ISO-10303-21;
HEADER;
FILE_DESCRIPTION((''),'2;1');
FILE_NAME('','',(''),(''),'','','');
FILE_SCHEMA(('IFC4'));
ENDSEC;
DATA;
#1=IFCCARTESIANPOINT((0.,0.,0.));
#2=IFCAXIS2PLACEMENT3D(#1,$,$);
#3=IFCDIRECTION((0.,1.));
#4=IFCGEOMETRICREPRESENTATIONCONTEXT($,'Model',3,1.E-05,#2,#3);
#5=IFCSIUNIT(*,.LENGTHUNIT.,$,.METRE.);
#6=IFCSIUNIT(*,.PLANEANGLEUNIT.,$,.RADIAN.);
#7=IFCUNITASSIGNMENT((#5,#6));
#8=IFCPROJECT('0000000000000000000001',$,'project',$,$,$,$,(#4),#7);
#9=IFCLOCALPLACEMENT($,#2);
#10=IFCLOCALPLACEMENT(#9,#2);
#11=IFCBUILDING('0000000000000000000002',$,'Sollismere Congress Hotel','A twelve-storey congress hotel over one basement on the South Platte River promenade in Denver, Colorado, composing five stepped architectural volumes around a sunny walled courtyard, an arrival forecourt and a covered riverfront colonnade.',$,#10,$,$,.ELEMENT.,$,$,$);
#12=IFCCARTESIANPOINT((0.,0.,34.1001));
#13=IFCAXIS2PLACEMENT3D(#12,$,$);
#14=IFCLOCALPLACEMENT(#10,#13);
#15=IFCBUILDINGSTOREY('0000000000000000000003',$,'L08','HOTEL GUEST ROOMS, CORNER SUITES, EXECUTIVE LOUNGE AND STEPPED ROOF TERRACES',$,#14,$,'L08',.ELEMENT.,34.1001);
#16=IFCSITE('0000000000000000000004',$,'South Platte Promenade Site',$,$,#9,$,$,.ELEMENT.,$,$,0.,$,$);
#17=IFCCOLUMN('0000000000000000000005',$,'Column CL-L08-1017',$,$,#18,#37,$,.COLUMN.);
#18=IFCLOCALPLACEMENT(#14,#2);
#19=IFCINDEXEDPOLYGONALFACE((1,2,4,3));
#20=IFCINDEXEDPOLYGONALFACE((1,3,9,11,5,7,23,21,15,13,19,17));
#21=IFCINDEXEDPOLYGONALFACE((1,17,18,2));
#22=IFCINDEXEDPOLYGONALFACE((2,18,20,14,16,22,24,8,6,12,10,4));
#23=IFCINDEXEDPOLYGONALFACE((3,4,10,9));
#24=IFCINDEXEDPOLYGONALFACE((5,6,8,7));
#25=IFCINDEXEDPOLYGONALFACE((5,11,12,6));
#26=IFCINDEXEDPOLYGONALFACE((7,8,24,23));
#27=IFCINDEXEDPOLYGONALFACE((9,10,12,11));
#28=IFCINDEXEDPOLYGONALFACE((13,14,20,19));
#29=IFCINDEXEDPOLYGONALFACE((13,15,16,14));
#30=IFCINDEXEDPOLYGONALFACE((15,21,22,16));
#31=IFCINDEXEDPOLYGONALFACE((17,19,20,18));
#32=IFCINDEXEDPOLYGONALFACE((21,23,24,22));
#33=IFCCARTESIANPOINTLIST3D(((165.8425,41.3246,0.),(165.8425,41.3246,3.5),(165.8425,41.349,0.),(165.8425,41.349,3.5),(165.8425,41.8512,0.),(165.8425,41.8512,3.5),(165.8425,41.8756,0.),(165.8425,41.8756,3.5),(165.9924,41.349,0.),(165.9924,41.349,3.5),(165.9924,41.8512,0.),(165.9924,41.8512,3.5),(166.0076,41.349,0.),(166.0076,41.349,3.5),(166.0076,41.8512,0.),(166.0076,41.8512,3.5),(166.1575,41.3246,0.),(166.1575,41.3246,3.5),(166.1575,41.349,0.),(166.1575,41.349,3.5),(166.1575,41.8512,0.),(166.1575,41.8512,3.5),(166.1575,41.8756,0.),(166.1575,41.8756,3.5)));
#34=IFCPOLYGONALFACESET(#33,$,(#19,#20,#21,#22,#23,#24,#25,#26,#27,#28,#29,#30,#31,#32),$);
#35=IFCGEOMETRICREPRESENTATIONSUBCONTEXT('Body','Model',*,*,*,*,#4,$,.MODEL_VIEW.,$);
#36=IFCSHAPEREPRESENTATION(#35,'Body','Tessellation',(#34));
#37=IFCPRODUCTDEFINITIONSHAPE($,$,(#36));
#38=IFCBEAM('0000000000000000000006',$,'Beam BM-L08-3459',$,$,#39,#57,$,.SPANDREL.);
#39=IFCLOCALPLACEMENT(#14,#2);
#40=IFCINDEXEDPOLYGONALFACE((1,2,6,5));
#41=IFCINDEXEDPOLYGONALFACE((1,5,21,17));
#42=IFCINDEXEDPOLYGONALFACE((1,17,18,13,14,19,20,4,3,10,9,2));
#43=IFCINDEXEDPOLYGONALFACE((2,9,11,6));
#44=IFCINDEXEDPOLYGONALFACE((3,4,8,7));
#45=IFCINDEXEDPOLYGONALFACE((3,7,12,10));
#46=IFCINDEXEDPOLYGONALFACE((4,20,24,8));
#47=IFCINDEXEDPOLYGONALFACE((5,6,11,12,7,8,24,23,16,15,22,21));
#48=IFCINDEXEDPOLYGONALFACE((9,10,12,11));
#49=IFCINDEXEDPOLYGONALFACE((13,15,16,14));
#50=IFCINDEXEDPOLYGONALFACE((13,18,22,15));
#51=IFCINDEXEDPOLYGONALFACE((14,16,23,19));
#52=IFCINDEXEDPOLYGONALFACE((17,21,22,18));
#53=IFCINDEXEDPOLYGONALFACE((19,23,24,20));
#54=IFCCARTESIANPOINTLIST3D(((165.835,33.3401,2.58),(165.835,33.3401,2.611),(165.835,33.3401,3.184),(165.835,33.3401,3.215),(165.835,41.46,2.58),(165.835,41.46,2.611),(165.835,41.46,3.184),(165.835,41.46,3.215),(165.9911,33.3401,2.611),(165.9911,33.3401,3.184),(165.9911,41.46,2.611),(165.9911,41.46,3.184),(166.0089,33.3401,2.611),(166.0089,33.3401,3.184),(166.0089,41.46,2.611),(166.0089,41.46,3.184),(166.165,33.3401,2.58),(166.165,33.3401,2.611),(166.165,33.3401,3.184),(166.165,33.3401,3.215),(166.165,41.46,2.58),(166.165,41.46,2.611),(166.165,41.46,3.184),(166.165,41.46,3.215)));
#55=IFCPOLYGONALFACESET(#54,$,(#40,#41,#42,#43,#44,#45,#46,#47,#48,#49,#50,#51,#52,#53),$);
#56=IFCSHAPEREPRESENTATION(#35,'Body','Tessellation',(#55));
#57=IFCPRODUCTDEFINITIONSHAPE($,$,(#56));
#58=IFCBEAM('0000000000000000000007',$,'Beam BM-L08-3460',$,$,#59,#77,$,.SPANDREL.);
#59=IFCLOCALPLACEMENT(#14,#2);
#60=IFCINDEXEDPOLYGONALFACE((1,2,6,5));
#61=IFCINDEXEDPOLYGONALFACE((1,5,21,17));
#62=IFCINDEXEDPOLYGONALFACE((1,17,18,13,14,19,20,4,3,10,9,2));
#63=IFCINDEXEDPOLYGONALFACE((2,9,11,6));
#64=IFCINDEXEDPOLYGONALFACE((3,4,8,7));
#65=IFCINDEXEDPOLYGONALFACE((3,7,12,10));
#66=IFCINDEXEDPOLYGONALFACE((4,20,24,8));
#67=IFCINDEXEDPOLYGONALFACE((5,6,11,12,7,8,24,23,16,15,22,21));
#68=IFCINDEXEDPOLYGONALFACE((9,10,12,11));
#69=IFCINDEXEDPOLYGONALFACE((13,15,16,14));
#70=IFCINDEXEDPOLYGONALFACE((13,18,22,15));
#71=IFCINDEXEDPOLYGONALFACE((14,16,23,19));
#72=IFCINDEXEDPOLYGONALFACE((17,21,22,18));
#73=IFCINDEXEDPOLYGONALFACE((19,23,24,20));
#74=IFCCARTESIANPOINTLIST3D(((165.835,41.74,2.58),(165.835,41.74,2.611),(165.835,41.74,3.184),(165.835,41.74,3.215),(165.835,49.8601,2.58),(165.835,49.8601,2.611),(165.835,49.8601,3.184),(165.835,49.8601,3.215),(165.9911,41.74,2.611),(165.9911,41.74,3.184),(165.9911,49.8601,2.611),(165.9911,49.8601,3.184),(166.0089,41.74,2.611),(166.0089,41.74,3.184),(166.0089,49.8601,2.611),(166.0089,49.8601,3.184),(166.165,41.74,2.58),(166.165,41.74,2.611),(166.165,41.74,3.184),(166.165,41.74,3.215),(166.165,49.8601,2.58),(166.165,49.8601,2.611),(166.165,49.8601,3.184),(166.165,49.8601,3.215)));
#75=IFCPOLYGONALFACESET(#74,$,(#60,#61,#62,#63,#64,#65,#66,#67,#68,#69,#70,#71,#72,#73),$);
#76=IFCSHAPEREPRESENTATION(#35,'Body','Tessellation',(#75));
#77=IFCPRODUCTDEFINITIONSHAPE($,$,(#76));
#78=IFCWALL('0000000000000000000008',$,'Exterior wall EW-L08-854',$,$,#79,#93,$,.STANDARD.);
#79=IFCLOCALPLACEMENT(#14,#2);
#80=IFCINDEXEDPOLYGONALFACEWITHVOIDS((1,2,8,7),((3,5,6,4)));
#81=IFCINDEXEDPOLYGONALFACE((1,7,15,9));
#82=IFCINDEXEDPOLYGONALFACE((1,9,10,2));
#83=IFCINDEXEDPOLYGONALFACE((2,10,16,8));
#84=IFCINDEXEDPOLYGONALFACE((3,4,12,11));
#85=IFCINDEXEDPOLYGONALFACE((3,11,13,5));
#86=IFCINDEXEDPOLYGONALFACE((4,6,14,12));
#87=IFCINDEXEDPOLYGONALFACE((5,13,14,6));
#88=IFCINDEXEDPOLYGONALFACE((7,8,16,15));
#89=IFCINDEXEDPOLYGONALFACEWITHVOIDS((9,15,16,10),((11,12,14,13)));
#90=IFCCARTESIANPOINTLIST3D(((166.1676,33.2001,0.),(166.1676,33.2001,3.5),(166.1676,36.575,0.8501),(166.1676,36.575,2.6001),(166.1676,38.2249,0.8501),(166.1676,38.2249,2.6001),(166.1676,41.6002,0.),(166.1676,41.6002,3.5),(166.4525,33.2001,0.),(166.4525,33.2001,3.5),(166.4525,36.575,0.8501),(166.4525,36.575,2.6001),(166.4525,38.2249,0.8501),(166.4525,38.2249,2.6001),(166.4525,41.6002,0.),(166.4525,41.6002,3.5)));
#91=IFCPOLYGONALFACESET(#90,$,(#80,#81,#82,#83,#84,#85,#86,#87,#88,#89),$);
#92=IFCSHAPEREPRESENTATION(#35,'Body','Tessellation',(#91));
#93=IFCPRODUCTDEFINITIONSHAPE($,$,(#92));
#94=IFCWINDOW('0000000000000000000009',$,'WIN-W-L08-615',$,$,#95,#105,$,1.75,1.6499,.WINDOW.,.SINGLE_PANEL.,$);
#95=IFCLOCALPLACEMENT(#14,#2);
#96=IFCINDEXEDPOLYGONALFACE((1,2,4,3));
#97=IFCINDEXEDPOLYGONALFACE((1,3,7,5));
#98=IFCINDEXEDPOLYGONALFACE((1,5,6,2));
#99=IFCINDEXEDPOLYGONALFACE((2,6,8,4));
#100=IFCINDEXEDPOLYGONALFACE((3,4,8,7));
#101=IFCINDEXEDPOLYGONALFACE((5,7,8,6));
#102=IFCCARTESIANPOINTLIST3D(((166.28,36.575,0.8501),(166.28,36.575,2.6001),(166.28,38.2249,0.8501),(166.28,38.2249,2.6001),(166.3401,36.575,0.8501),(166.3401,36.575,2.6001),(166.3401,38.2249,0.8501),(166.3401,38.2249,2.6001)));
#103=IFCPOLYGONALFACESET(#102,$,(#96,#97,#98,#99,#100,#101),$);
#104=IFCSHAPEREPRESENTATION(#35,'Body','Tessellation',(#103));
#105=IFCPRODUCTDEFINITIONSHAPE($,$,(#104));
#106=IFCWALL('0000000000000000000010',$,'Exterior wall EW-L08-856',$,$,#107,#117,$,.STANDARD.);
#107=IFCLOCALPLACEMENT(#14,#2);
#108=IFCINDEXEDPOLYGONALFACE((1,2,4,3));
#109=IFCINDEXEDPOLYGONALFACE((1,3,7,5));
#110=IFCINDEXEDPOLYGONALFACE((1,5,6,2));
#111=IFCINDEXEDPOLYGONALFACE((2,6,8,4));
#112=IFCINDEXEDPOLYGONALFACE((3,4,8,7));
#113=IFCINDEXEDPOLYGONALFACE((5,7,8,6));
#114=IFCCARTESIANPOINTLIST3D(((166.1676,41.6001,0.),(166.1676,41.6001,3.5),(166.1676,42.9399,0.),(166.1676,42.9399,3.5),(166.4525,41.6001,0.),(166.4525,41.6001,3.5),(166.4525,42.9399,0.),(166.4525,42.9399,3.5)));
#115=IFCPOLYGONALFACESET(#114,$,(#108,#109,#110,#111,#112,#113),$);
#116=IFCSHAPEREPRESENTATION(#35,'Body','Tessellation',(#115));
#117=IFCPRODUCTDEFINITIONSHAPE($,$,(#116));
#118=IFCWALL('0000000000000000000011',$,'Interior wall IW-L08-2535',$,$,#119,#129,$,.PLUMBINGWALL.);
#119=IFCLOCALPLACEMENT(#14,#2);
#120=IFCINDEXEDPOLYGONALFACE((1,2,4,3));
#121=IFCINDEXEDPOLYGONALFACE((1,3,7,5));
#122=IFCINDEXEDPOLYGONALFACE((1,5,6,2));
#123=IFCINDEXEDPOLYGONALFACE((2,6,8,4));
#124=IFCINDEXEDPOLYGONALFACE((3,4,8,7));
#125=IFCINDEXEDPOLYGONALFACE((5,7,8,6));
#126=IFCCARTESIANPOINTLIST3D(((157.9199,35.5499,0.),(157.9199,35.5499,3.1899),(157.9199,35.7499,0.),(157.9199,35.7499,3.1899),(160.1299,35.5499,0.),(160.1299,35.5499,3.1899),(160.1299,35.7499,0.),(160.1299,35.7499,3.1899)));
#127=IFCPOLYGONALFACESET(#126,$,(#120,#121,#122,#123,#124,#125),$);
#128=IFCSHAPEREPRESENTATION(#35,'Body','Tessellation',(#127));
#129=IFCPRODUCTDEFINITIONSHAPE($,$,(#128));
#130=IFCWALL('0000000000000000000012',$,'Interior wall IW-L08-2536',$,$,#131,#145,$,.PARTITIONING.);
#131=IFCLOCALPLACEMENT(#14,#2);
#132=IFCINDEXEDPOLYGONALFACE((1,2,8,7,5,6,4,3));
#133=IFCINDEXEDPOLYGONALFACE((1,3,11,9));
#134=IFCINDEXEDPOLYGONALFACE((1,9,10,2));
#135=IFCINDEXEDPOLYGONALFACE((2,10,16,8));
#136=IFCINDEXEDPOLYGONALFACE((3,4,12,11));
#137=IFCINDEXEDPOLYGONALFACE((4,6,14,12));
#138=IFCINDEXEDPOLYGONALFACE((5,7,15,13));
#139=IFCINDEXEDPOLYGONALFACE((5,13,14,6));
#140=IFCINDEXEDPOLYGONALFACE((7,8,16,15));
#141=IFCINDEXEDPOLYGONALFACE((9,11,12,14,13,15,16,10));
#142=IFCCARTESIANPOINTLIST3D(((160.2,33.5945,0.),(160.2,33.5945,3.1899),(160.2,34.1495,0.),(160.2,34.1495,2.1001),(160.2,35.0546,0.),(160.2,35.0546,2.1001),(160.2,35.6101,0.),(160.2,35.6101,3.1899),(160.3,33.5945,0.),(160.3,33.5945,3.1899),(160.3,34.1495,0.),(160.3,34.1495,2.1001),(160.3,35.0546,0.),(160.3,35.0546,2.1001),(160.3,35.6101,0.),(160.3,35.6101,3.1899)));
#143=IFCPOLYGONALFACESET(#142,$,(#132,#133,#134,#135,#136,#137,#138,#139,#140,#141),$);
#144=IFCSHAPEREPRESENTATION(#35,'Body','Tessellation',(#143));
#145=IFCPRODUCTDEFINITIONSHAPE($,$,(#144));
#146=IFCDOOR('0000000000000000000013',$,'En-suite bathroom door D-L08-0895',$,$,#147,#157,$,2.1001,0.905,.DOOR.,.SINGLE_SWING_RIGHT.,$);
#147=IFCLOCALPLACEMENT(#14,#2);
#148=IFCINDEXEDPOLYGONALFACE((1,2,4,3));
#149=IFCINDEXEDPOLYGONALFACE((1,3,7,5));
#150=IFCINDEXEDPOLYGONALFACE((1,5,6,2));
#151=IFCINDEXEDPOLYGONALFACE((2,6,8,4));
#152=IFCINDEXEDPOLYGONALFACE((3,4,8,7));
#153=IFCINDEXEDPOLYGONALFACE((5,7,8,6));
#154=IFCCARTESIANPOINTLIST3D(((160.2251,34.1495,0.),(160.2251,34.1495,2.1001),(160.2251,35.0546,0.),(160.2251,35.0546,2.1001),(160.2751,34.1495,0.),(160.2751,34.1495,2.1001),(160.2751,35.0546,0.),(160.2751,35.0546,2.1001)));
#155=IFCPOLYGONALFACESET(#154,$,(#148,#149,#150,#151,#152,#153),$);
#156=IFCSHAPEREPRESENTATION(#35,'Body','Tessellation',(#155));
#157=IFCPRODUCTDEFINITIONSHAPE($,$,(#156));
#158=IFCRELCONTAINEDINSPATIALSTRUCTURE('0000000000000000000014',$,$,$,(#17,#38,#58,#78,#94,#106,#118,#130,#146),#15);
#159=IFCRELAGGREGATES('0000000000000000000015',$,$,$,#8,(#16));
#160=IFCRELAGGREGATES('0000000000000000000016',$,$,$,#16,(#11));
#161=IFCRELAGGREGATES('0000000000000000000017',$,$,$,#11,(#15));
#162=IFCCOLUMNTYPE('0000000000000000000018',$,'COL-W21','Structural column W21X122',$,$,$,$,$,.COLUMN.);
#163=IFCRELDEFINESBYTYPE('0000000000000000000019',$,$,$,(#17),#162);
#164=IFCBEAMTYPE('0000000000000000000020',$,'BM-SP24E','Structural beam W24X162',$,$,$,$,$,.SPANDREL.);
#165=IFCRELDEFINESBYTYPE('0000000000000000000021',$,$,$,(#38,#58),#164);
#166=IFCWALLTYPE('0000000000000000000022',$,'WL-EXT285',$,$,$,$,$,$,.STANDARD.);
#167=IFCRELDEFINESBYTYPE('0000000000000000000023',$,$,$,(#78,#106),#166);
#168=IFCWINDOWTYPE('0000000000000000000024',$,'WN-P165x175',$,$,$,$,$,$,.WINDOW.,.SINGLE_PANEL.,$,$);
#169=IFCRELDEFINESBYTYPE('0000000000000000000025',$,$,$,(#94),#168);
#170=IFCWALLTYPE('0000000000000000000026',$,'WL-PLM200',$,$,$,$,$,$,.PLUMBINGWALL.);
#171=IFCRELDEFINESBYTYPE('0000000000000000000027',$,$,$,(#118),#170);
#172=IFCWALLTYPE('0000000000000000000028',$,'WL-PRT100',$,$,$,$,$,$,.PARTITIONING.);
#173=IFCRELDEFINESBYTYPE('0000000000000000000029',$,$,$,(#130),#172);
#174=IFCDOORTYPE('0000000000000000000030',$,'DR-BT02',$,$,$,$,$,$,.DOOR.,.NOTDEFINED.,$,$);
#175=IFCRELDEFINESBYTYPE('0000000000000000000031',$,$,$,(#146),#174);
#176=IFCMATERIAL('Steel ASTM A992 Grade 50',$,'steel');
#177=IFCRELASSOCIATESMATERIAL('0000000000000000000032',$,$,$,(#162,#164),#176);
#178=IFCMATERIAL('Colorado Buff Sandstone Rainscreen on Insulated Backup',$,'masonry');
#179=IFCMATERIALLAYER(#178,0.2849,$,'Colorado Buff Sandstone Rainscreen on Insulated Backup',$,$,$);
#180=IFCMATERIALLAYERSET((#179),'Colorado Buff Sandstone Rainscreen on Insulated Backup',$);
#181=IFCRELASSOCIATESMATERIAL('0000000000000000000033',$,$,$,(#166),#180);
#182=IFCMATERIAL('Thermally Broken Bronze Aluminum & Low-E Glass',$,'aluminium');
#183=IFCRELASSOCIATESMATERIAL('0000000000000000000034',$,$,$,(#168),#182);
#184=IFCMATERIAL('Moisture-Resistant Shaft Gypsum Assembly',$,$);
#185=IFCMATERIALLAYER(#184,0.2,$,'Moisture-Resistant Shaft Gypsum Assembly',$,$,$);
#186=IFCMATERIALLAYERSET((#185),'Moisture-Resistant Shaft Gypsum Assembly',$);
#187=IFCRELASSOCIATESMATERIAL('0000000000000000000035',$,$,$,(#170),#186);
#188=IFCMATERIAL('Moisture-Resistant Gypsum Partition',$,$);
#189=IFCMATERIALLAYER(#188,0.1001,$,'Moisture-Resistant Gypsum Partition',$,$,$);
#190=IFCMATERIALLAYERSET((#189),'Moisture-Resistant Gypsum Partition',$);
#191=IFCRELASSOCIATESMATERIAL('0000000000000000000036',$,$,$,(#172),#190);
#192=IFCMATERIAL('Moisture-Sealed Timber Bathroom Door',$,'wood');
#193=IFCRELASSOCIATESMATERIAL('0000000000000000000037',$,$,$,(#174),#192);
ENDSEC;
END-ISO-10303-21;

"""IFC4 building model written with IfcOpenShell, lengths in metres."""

from ifc_helpers import new_model, si_unit, direction, frame, frame_2d, origin, origin_2d, place, context, subcontext, project, spatial, rectangle, i_section, extrude, material, layer, layer_set, material_profile, profile_set, type_object, element, fill, save


model = new_model("IFC4")

# Units and contexts
model_context = context("Model", 3, precision=1e-05, world=origin(), true_north=direction((0.0, 1.0)))
body_context = subcontext(model_context, "Body", "Model", "MODEL_VIEW")
ifc_project = project(units=[si_unit("LENGTHUNIT", "METRE"), si_unit("PLANEANGLEUNIT", "RADIAN")], contexts=[model_context])

# Site, building, storey
site_placement = place(None, origin())
site = spatial("IfcSite", under=ifc_project, at=site_placement, Name="South Platte Promenade Site", CompositionType="ELEMENT", RefElevation=0.0)
building_placement = place(site_placement, origin())
building = spatial("IfcBuilding", under=site, at=building_placement, Name="Sollismere Congress Hotel", Description="A twelve-storey congress hotel over one basement on the South Platte River promenade in Denver, Colorado, composing five stepped architectural volumes around a sunny walled courtyard, an arrival forecourt and a covered riverfront colonnade.", CompositionType="ELEMENT")
storey_placement = place(building_placement, frame((0.0, 0.0, 34.1001)))
storey = spatial("IfcBuildingStorey", under=building, at=storey_placement, Name="L08", Description="HOTEL GUEST ROOMS, CORNER SUITES, EXECUTIVE LOUNGE AND STEPPED ROOF TERRACES", LongName="L08", CompositionType="ELEMENT", Elevation=34.1001)

# Column
ifc_material_1 = material(Name="Steel ASTM A992 Grade 50", Category="steel")
ifc_material_profile_1 = material_profile(ifc_material_1, i_section(OverallWidth=0.3149, OverallDepth=0.551, WebThickness=0.0151, FlangeThickness=0.0244, at=origin_2d()), Name="W21X122")
ifc_profile_set_1 = profile_set([ifc_material_profile_1], Name="Steel ASTM A992 Grade 50")
column_type = type_object("IfcColumnType", Name="COL-W21", Description="Structural column W21X122", PredefinedType="COLUMN", material=ifc_profile_set_1)
column_placement = place(storey_placement, frame((166.0, 41.6001, 0.0), z_axis=(0.0, 0.0, 1.0), x_axis=(1.0, 0.0, 0.0)))
element("IfcColumn", 1, at=column_placement, inside=storey, type_object=column_type, Name="Column CL-L08-1017", PredefinedType="COLUMN", context=body_context, shape_type="SweptSolid", body=[
    extrude(i_section(OverallWidth=0.3149, OverallDepth=0.551, WebThickness=0.0151, FlangeThickness=0.0244, at=origin_2d()), origin(), (0.0, 0.0, 1.0), 3.5),
])

# Beams
ifc_material_profile_2 = material_profile(ifc_material_1, i_section(OverallWidth=0.3301, OverallDepth=0.635, WebThickness=0.0178, FlangeThickness=0.031, at=origin_2d()), Name="W24X162")
ifc_profile_set_2 = profile_set([ifc_material_profile_2], Name="Steel ASTM A992 Grade 50")
beam_type = type_object("IfcBeamType", Name="BM-SP24E", Description="Structural beam W24X162", PredefinedType="SPANDREL", material=ifc_profile_set_2)
beam_1_placement = place(storey_placement, frame((166.0, 33.3401, 2.8975), z_axis=(0.0, 1.0, 0.0), x_axis=(-1.0, 0.0, 0.0)))
element("IfcBeam", 2, at=beam_1_placement, inside=storey, type_object=beam_type, Name="Beam BM-L08-3459", PredefinedType="SPANDREL", context=body_context, shape_type="SweptSolid", body=[
    extrude(i_section(OverallWidth=0.3301, OverallDepth=0.635, WebThickness=0.0178, FlangeThickness=0.031, at=origin_2d()), origin(), (0.0, 0.0, 1.0), 8.1199),
])
beam_2_placement = place(storey_placement, frame((166.0, 41.74, 2.8975), z_axis=(0.0, 1.0, 0.0), x_axis=(-1.0, 0.0, 0.0)))
element("IfcBeam", 3, at=beam_2_placement, inside=storey, type_object=beam_type, Name="Beam BM-L08-3460", PredefinedType="SPANDREL", context=body_context, shape_type="SweptSolid", body=[
    extrude(i_section(OverallWidth=0.3301, OverallDepth=0.635, WebThickness=0.0178, FlangeThickness=0.031, at=origin_2d()), origin(), (0.0, 0.0, 1.0), 8.1201),
])

# Wall, opening, window
ifc_material_2 = material(Name="Colorado Buff Sandstone Rainscreen on Insulated Backup", Category="masonry")
ifc_layer_1 = layer(ifc_material_2, 0.2849, Name="Colorado Buff Sandstone Rainscreen on Insulated Backup")
ifc_layer_set_1 = layer_set([ifc_layer_1], Name="Colorado Buff Sandstone Rainscreen on Insulated Backup")
wall_type_1 = type_object("IfcWallType", Name="WL-EXT285", PredefinedType="STANDARD", material=ifc_layer_set_1)
wall_1_placement = place(storey_placement, frame((166.3101, 33.2, 0.0), z_axis=(0.0, 0.0, 1.0), x_axis=(0.0, 1.0, 0.0)))
wall_1 = element("IfcWall", 4, at=wall_1_placement, inside=storey, type_object=wall_type_1, Name="Exterior wall EW-L08-854", PredefinedType="STANDARD", context=body_context, shape_type="SweptSolid", body=[
    extrude(rectangle(XDim=8.4001, YDim=0.2849, at=frame_2d((4.2002, 0.0))), origin(), (0.0, 0.0, 1.0), 3.5),
])
opening_1_placement = place(wall_1_placement, frame((3.375, 0.0, 0.8501)))
opening_1 = element("IfcOpeningElement", 5, at=opening_1_placement, cuts=wall_1, PredefinedType="OPENING", context=body_context, shape_type="SweptSolid", body=[
    extrude(rectangle(XDim=1.6499, YDim=1.75, at=frame_2d((0.825, 0.875))), frame((0.0, 0.1523, 0.0), z_axis=(0.0, -1.0, 0.0), x_axis=(1.0, 0.0, 0.0)), (0.0, 0.0, 1.0), 0.3049),
])
ifc_material_3 = material(Name="Thermally Broken Bronze Aluminum & Low-E Glass", Category="aluminium")
window_type = type_object("IfcWindowType", Name="WN-P165x175", PartitioningType="SINGLE_PANEL", PredefinedType="WINDOW", material=ifc_material_3)
window_placement = place(opening_1_placement, origin())
window = element("IfcWindow", 6, at=window_placement, inside=storey, type_object=window_type, Name="WIN-W-L08-615", OverallHeight=1.75, OverallWidth=1.6499, PartitioningType="SINGLE_PANEL", PredefinedType="WINDOW", context=body_context, shape_type="SweptSolid", body=[
    extrude(rectangle(XDim=1.6499, YDim=1.75, at=frame_2d((0.825, 0.875))), frame((0.0, 0.03, 0.0), z_axis=(0.0, -1.0, 0.0), x_axis=(1.0, 0.0, 0.0)), (0.0, 0.0, 1.0), 0.0601),
])
fill(opening_1, window)

# Walls
wall_2_placement = place(storey_placement, frame((166.3101, 41.6001, 0.0), z_axis=(0.0, 0.0, 1.0), x_axis=(0.0, 1.0, 0.0)))
element("IfcWall", 7, at=wall_2_placement, inside=storey, type_object=wall_type_1, Name="Exterior wall EW-L08-856", PredefinedType="STANDARD", context=body_context, shape_type="SweptSolid", body=[
    extrude(rectangle(XDim=1.3398, YDim=0.2849, at=frame_2d((0.6699, 0.0))), origin(), (0.0, 0.0, 1.0), 3.5),
])
ifc_material_4 = material(Name="Moisture-Resistant Shaft Gypsum Assembly")
ifc_layer_2 = layer(ifc_material_4, 0.2, Name="Moisture-Resistant Shaft Gypsum Assembly")
ifc_layer_set_2 = layer_set([ifc_layer_2], Name="Moisture-Resistant Shaft Gypsum Assembly")
wall_type_2 = type_object("IfcWallType", Name="WL-PLM200", PredefinedType="PLUMBINGWALL", material=ifc_layer_set_2)
wall_3_placement = place(storey_placement, frame((157.9199, 35.6499, 0.0), z_axis=(0.0, 0.0, 1.0), x_axis=(1.0, 0.0, 0.0)))
element("IfcWall", 8, at=wall_3_placement, inside=storey, type_object=wall_type_2, Name="Interior wall IW-L08-2535", PredefinedType="PLUMBINGWALL", context=body_context, shape_type="SweptSolid", body=[
    extrude(rectangle(XDim=2.21, YDim=0.2, at=frame_2d((1.105, 0.0))), origin(), (0.0, 0.0, 1.0), 3.1899),
])

# Wall, opening, door
ifc_material_5 = material(Name="Moisture-Resistant Gypsum Partition")
ifc_layer_3 = layer(ifc_material_5, 0.1001, Name="Moisture-Resistant Gypsum Partition")
ifc_layer_set_3 = layer_set([ifc_layer_3], Name="Moisture-Resistant Gypsum Partition")
wall_type_3 = type_object("IfcWallType", Name="WL-PRT100", PredefinedType="PARTITIONING", material=ifc_layer_set_3)
wall_4_placement = place(storey_placement, frame((160.25, 33.5945, 0.0), z_axis=(0.0, 0.0, 1.0), x_axis=(0.0, 1.0, 0.0)))
wall_4 = element("IfcWall", 9, at=wall_4_placement, inside=storey, type_object=wall_type_3, Name="Interior wall IW-L08-2536", PredefinedType="PARTITIONING", context=body_context, shape_type="SweptSolid", body=[
    extrude(rectangle(XDim=2.0156, YDim=0.1001, at=frame_2d((1.0078, 0.0))), origin(), (0.0, 0.0, 1.0), 3.1899),
])
opening_2_placement = place(wall_4_placement, frame((0.5549, 0.0, 0.0)))
opening_2 = element("IfcOpeningElement", 10, at=opening_2_placement, cuts=wall_4, PredefinedType="OPENING", context=body_context, shape_type="SweptSolid", body=[
    extrude(rectangle(XDim=0.905, YDim=2.1001, at=frame_2d((0.4526, 1.05))), frame((0.0, 0.0601, 0.0), z_axis=(0.0, -1.0, 0.0), x_axis=(1.0, 0.0, 0.0)), (0.0, 0.0, 1.0), 0.1201),
])
ifc_material_6 = material(Name="Moisture-Sealed Timber Bathroom Door", Category="wood")
door_type_1 = type_object("IfcDoorType", Name="DR-BT02", OperationType="NOTDEFINED", PredefinedType="DOOR", material=ifc_material_6)
door_1_placement = place(opening_2_placement, origin())
door_1 = element("IfcDoor", 11, at=door_1_placement, inside=storey, type_object=door_type_1, Name="En-suite bathroom door D-L08-0895", OperationType="SINGLE_SWING_RIGHT", OverallHeight=2.1001, OverallWidth=0.905, PredefinedType="DOOR", context=body_context, shape_type="SweptSolid", body=[
    extrude(rectangle(XDim=0.905, YDim=2.1001, at=frame_2d((0.4526, 1.05))), frame((0.0, 0.0249, 0.0), z_axis=(0.0, -1.0, 0.0), x_axis=(1.0, 0.0, 0.0)), (0.0, 0.0, 1.0), 0.05),
])
fill(opening_2, door_1)

save(model, "model.ifc")
